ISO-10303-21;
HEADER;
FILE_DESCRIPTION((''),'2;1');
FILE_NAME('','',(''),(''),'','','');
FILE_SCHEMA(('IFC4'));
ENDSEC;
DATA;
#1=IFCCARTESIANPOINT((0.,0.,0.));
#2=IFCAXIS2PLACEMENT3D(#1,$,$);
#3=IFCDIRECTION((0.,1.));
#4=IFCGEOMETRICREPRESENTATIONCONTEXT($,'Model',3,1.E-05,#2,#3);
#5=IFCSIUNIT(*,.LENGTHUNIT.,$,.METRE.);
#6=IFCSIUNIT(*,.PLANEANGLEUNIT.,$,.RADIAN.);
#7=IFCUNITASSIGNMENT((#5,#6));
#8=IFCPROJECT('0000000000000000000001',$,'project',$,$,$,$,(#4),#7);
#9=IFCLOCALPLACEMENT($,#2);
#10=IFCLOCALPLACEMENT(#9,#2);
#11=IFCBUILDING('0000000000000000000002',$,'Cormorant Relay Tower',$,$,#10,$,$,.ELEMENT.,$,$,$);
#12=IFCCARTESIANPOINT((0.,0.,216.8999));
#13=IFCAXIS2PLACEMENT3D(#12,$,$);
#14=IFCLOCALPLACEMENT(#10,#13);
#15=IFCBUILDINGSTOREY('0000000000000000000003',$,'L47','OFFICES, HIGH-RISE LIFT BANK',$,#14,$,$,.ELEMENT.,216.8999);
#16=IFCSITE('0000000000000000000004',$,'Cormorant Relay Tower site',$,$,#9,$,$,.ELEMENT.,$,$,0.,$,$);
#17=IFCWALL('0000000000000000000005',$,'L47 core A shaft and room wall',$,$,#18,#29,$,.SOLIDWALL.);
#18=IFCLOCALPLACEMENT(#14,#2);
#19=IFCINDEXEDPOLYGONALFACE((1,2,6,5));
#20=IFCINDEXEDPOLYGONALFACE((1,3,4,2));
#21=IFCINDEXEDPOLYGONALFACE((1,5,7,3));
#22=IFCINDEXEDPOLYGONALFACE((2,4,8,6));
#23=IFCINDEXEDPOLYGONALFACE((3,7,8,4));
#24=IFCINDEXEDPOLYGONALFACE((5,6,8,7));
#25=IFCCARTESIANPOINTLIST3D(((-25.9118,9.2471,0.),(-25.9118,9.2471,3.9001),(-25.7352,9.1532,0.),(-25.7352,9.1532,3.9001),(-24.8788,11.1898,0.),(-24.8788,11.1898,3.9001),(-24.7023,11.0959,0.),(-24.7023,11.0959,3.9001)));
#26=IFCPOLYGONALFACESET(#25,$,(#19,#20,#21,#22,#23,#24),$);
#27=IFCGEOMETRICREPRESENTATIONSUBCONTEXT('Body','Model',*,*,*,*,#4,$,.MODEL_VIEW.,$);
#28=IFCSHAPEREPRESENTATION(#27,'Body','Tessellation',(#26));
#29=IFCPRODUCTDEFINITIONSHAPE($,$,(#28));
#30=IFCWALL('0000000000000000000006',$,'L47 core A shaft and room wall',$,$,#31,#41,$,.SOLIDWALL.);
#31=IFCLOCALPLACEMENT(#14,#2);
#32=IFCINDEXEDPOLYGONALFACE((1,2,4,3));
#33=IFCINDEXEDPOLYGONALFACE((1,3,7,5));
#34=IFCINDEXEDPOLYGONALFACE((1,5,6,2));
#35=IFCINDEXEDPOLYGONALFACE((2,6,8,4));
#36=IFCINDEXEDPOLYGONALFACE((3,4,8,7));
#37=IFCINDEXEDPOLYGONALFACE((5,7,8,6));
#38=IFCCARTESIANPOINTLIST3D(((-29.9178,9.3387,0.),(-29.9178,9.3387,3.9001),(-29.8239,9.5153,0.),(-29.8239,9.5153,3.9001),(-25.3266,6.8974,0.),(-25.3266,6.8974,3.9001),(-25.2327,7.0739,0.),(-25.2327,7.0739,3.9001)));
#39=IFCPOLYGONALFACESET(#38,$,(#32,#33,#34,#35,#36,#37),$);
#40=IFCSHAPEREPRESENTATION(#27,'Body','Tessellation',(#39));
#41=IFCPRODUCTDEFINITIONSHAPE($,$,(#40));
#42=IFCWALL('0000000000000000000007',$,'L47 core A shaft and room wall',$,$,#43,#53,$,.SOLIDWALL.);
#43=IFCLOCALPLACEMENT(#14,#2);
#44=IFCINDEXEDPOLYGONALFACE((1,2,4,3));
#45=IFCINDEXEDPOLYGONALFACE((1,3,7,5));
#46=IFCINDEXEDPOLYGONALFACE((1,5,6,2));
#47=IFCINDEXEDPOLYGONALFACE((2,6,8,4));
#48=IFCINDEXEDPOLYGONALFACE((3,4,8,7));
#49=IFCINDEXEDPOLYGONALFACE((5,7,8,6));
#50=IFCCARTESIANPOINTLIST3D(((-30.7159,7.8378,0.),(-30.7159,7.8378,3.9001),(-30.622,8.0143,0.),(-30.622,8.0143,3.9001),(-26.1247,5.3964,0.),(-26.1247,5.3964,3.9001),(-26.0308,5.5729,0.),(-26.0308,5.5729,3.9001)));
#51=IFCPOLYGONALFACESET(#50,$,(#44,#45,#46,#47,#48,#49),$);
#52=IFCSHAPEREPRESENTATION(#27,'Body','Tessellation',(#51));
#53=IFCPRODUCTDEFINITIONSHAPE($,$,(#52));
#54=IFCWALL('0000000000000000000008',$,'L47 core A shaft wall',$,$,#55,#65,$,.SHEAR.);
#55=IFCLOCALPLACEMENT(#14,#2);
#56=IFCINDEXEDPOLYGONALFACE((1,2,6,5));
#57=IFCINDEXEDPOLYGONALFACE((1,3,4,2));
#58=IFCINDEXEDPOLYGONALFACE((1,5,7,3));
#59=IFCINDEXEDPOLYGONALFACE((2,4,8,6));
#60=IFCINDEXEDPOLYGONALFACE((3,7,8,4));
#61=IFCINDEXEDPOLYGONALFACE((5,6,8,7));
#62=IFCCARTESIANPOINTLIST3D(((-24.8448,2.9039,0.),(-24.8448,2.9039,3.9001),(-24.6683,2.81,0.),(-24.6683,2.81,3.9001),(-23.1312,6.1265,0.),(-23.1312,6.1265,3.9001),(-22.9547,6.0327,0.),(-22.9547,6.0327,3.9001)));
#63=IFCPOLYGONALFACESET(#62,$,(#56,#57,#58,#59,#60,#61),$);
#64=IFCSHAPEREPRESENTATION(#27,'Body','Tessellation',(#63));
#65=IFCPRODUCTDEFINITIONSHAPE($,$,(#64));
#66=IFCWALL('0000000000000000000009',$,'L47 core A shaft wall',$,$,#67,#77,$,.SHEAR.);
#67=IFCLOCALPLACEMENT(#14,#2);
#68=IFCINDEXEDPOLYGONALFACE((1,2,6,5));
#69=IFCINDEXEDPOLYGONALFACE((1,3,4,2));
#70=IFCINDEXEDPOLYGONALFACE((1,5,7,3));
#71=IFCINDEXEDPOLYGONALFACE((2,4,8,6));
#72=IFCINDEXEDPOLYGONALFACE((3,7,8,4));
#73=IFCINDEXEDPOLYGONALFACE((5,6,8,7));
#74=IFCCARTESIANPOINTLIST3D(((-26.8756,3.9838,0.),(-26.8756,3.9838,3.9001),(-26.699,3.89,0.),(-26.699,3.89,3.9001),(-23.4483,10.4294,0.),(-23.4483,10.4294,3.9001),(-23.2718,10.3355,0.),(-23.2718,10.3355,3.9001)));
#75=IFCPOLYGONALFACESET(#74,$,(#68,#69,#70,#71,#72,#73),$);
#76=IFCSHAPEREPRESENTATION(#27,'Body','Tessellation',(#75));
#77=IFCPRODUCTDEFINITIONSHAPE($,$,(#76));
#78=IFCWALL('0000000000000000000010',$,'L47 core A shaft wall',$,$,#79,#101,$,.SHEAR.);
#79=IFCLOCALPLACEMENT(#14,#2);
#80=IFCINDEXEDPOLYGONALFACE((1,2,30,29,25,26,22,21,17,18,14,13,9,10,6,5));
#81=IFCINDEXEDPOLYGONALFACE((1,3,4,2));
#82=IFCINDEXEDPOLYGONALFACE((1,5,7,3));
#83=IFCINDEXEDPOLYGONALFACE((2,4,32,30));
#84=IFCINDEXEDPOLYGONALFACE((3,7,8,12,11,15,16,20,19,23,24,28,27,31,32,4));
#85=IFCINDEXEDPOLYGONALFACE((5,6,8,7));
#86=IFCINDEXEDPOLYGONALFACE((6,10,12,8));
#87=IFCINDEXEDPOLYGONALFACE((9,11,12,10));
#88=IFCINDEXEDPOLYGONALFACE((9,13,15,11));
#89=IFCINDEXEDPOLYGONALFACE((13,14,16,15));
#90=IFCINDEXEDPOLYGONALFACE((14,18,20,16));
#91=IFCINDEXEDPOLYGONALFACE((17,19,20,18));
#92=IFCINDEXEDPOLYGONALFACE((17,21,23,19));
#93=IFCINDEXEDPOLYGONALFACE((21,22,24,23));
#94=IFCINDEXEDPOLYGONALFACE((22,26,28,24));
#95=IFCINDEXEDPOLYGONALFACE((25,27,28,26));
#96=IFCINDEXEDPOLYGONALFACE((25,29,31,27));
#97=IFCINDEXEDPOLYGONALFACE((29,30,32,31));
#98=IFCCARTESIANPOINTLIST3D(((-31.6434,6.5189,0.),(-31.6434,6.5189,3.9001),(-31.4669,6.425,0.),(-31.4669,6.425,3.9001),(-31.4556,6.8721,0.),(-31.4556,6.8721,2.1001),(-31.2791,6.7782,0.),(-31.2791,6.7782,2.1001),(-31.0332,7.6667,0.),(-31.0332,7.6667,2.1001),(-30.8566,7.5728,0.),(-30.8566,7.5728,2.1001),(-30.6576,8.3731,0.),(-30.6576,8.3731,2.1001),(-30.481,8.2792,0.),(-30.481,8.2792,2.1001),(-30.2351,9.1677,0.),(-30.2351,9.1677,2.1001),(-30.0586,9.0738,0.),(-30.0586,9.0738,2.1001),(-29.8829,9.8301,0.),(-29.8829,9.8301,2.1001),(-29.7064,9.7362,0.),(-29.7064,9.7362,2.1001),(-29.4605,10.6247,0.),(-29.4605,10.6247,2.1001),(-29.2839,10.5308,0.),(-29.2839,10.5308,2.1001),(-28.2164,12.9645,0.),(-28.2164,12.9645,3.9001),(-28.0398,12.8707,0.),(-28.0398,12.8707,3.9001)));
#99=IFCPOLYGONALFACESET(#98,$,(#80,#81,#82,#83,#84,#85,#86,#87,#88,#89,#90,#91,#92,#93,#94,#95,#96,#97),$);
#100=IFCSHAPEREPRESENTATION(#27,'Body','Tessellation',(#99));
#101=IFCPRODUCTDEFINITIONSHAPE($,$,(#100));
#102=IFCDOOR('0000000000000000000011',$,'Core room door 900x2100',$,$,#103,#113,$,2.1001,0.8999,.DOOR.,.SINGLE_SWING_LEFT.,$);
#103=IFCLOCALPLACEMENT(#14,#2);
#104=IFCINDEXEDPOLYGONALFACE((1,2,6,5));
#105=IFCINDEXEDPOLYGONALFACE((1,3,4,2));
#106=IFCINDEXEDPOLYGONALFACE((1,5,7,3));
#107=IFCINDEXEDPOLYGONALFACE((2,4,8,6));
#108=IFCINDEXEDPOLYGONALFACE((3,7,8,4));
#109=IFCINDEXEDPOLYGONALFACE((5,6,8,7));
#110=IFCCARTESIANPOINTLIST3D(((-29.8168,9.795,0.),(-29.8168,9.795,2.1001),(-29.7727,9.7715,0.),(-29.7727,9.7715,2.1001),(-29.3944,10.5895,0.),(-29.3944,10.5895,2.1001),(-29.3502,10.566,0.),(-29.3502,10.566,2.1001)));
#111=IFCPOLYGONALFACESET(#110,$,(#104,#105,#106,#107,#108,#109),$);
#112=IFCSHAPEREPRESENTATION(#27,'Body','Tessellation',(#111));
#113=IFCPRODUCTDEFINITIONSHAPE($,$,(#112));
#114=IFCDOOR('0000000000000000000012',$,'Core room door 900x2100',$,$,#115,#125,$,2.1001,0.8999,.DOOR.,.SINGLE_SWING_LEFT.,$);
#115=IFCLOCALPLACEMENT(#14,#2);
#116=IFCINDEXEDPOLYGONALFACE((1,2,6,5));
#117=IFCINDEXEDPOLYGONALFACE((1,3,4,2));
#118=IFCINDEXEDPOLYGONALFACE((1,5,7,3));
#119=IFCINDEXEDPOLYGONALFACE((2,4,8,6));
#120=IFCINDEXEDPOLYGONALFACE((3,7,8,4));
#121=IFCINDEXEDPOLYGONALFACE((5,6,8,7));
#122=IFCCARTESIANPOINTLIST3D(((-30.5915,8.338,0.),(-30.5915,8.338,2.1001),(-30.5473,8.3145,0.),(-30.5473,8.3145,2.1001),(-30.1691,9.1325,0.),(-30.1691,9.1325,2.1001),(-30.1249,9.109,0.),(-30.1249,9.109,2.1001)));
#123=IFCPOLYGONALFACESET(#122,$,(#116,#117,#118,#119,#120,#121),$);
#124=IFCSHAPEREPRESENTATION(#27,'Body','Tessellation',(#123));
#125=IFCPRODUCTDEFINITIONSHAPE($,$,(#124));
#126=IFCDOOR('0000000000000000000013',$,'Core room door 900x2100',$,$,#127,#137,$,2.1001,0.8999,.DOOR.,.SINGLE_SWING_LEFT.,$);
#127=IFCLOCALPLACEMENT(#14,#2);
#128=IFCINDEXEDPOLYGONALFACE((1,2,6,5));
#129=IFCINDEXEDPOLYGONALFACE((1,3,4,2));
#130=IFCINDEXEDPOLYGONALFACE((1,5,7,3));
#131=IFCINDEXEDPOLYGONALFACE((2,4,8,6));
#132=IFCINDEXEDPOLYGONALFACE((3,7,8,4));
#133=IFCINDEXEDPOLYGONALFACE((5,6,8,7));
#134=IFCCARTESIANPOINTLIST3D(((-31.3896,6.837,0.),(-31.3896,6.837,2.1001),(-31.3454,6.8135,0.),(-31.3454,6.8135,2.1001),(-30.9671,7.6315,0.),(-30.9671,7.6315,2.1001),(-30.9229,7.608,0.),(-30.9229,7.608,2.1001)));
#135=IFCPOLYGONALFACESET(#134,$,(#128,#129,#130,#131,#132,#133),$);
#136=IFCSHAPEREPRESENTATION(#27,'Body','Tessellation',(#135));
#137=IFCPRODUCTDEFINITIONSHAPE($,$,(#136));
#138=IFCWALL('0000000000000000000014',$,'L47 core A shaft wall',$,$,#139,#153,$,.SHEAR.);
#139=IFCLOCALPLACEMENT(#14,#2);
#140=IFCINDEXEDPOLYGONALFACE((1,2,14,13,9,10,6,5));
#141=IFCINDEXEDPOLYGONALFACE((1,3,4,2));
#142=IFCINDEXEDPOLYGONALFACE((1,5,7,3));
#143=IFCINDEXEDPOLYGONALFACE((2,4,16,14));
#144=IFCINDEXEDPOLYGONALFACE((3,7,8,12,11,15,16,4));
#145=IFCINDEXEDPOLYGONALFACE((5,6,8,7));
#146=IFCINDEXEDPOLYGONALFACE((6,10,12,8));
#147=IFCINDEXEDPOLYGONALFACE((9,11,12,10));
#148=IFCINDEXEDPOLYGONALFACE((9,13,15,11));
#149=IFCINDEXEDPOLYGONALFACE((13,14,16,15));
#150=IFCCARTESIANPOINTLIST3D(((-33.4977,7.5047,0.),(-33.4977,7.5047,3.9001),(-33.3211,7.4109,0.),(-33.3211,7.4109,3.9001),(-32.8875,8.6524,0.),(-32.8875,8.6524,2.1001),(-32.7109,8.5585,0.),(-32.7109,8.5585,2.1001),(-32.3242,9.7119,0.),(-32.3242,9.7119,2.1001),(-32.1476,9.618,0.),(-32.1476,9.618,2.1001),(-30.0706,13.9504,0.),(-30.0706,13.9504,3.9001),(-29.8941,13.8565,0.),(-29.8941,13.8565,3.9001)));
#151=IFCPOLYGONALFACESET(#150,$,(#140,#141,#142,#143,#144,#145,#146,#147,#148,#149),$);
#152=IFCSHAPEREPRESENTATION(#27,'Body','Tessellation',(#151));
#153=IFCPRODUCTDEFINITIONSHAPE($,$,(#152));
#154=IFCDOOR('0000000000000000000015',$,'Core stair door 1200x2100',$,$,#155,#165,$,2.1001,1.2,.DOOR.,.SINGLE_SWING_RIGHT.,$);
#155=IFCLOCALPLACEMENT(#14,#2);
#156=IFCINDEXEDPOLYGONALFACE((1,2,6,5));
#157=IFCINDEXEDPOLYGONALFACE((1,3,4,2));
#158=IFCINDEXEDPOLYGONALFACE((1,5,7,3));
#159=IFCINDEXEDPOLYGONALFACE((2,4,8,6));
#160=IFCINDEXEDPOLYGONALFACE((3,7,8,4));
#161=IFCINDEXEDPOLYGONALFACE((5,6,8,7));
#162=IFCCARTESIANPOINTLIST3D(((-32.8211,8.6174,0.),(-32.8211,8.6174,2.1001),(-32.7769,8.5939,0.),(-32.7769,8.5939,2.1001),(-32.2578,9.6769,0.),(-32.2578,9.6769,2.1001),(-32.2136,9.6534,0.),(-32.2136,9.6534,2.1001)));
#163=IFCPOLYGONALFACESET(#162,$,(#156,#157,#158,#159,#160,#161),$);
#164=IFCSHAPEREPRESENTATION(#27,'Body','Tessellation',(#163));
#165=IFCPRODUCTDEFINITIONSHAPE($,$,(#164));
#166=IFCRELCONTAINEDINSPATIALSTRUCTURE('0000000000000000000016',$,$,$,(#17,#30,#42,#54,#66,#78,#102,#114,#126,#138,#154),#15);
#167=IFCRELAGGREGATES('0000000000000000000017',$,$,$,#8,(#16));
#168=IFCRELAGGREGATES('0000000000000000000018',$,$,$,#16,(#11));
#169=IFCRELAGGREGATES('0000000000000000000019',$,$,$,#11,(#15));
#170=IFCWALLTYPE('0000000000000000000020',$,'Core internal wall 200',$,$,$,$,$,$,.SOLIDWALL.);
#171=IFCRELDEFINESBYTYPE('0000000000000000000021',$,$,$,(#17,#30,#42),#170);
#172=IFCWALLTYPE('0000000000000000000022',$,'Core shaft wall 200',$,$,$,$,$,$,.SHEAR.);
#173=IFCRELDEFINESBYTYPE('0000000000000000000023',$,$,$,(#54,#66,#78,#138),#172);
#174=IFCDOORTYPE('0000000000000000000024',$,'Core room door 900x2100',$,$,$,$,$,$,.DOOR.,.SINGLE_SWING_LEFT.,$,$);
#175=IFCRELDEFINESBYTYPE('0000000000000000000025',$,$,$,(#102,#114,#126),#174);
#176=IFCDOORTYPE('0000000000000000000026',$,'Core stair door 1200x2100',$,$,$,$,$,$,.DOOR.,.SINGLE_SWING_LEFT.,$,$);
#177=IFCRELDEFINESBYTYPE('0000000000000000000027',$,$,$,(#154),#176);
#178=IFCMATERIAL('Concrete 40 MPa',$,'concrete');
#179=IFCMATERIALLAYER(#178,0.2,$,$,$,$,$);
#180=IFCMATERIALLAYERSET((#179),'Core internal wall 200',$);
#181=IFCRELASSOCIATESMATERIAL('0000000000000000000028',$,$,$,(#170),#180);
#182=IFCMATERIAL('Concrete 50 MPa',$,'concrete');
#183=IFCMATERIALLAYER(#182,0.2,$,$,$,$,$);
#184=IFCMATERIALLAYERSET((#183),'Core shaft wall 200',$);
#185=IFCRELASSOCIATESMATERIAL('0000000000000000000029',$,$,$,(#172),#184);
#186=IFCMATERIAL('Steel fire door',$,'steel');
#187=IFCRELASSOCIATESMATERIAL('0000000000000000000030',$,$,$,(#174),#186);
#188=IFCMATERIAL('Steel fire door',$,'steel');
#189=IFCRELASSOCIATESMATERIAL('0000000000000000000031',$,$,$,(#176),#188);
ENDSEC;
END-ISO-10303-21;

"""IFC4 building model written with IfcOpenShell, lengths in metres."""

from ifc_helpers import new_model, si_unit, direction, frame, frame_2d, origin, place, context, subcontext, project, spatial, rectangle, extrude, material, layer, layer_set, type_object, element, fill, save


model = new_model("IFC4")

# Units and contexts
model_context = context("Model", 3, precision=1e-05, world=origin(), true_north=direction((0.0, 1.0)))
body_context = subcontext(model_context, "Body", "Model", "MODEL_VIEW")
ifc_project = project(units=[si_unit("LENGTHUNIT", "METRE"), si_unit("PLANEANGLEUNIT", "RADIAN")], contexts=[model_context])

# Site, building, storey
site_placement = place(None, origin())
site = spatial("IfcSite", under=ifc_project, at=site_placement, Name="Cormorant Relay Tower site", CompositionType="ELEMENT", RefElevation=0.0)
building_placement = place(site_placement, origin())
building = spatial("IfcBuilding", under=site, at=building_placement, Name="Cormorant Relay Tower", CompositionType="ELEMENT")
storey_placement = place(building_placement, frame((0.0, 0.0, 216.8999)))
storey = spatial("IfcBuildingStorey", under=building, at=storey_placement, Name="L47", Description="OFFICES, HIGH-RISE LIFT BANK", CompositionType="ELEMENT", Elevation=216.8999)

# Walls
ifc_material_1 = material(Name="Concrete 40 MPa", Category="concrete")
ifc_layer_1 = layer(ifc_material_1, 0.2)
ifc_layer_set_1 = layer_set([ifc_layer_1], Name="Core internal wall 200")
wall_type_1 = type_object("IfcWallType", Name="Core internal wall 200", PredefinedType="SOLIDWALL", material=ifc_layer_set_1)
wall_1_placement = place(storey_placement, frame((-24.7905, 11.1428, 0.0), z_axis=(0.0, 0.0, 1.0), x_axis=(-0.469488, -0.882939, 0.0)))
element("IfcWall", 1, at=wall_1_placement, inside=storey, type_object=wall_type_1, Name="L47 core A shaft and room wall", PredefinedType="SOLIDWALL", context=body_context, shape_type="SweptSolid", body=[
    extrude(rectangle(XDim=2.2002, YDim=0.2, at=frame_2d((1.1001, 0.0))), origin(), (0.0, 0.0, 1.0), 3.9001),
])
for number, where, z_axis, x_axis, name in (
    (2, (-25.2795, 6.9856, 0.0), (0.0, 0.0, 1.0), (-0.882935, 0.469496, 0.0), "L47 core A shaft and room wall"),
    (3, (-26.0776, 5.4846, 0.0), (0.0, 0.0, 1.0), (-0.882935, 0.469496, 0.0), "L47 core A shaft and room wall"),
):
    element("IfcWall", number, at=place(storey_placement, frame(where, z_axis=z_axis, x_axis=x_axis)), inside=storey, type_object=wall_type_1, Name=name, PredefinedType="SOLIDWALL", context=body_context, shape_type="SweptSolid", body=[
        extrude(rectangle(XDim=5.2, YDim=0.2, at=frame_2d((2.6001, 0.0))), origin(), (0.0, 0.0, 1.0), 3.9001),
    ])
ifc_material_2 = material(Name="Concrete 50 MPa", Category="concrete")
ifc_layer_2 = layer(ifc_material_2, 0.2)
ifc_layer_set_2 = layer_set([ifc_layer_2], Name="Core shaft wall 200")
wall_type_2 = type_object("IfcWallType", Name="Core shaft wall 200", PredefinedType="SHEAR", material=ifc_layer_set_2)
wall_2_placement = place(storey_placement, frame((-23.043, 6.0796, 0.0), z_axis=(0.0, 0.0, 1.0), x_axis=(-0.469494, -0.882936, 0.0)))
element("IfcWall", 4, at=wall_2_placement, inside=storey, type_object=wall_type_2, Name="L47 core A shaft wall", PredefinedType="SHEAR", context=body_context, shape_type="SweptSolid", body=[
    extrude(rectangle(XDim=3.6499, YDim=0.2, at=frame_2d((1.825, 0.0))), origin(), (0.0, 0.0, 1.0), 3.9001),
])
wall_3_placement = place(storey_placement, frame((-23.3601, 10.3823, 0.0), z_axis=(0.0, 0.0, 1.0), x_axis=(-0.46948, -0.882943, 0.0)))
element("IfcWall", 5, at=wall_3_placement, inside=storey, type_object=wall_type_2, Name="L47 core A shaft wall", PredefinedType="SHEAR", context=body_context, shape_type="SweptSolid", body=[
    extrude(rectangle(XDim=7.3, YDim=0.2, at=frame_2d((3.6499, 0.0))), origin(), (0.0, 0.0, 1.0), 3.9001),
])

# Wall, openings, doors
wall_4_placement = place(storey_placement, frame((-28.1282, 12.9175, 0.0), z_axis=(0.0, 0.0, 1.0), x_axis=(-0.469454, -0.882957, 0.0)))
wall_4 = element("IfcWall", 6, at=wall_4_placement, inside=storey, type_object=wall_type_2, Name="L47 core A shaft wall", PredefinedType="SHEAR", context=body_context, shape_type="SweptSolid", body=[
    extrude(rectangle(XDim=7.3, YDim=0.2, at=frame_2d((3.6499, 0.0))), origin(), (0.0, 0.0, 1.0), 3.9001),
])
opening_1_placement = place(wall_4_placement, frame((2.6499, 0.0, 0.0)))
opening_1 = element("IfcOpeningElement", 7, at=opening_1_placement, cuts=wall_4, PredefinedType="OPENING", context=body_context, shape_type="SweptSolid", body=[
    extrude(rectangle(XDim=0.8999, YDim=2.1001, at=frame_2d((0.45, 1.05))), frame((0.0, 0.1099, 0.0), z_axis=(0.0, -1.0, 0.0), x_axis=(1.0, 0.0, 0.0)), (0.0, 0.0, 1.0), 0.22),
])
opening_2_placement = place(wall_4_placement, frame((4.3, 0.0, 0.0)))
opening_2 = element("IfcOpeningElement", 8, at=opening_2_placement, cuts=wall_4, PredefinedType="OPENING", context=body_context, shape_type="SweptSolid", body=[
    extrude(rectangle(XDim=0.8999, YDim=2.1001, at=frame_2d((0.45, 1.05))), frame((0.0, 0.1099, 0.0), z_axis=(0.0, -1.0, 0.0), x_axis=(1.0, 0.0, 0.0)), (0.0, 0.0, 1.0), 0.22),
])
opening_3_placement = place(wall_4_placement, frame((6.0, 0.0, 0.0)))
opening_3 = element("IfcOpeningElement", 9, at=opening_3_placement, cuts=wall_4, PredefinedType="OPENING", context=body_context, shape_type="SweptSolid", body=[
    extrude(rectangle(XDim=0.8999, YDim=2.1001, at=frame_2d((0.45, 1.05))), frame((0.0, 0.1099, 0.0), z_axis=(0.0, -1.0, 0.0), x_axis=(1.0, 0.0, 0.0)), (0.0, 0.0, 1.0), 0.22),
])
ifc_material_3 = material(Name="Steel fire door", Category="steel")
door_type_1 = type_object("IfcDoorType", Name="Core room door 900x2100", OperationType="SINGLE_SWING_LEFT", PredefinedType="DOOR", material=ifc_material_3)
door_1_placement = place(opening_1_placement, origin())
door_1 = element("IfcDoor", 10, at=door_1_placement, inside=storey, type_object=door_type_1, Name="Core room door 900x2100", OperationType="SINGLE_SWING_LEFT", OverallHeight=2.1001, OverallWidth=0.8999, PredefinedType="DOOR", context=body_context, shape_type="SweptSolid", body=[
    extrude(rectangle(XDim=0.8999, YDim=2.1001, at=frame_2d((0.45, 1.05))), frame((0.0, 0.0249, 0.0), z_axis=(0.0, -1.0, 0.0), x_axis=(1.0, 0.0, 0.0)), (0.0, 0.0, 1.0), 0.05),
])
fill(opening_1, door_1)
door_2_placement = place(opening_2_placement, origin())
door_2 = element("IfcDoor", 11, at=door_2_placement, inside=storey, type_object=door_type_1, Name="Core room door 900x2100", OperationType="SINGLE_SWING_LEFT", OverallHeight=2.1001, OverallWidth=0.8999, PredefinedType="DOOR", context=body_context, shape_type="SweptSolid", body=[
    extrude(rectangle(XDim=0.8999, YDim=2.1001, at=frame_2d((0.45, 1.05))), frame((0.0, 0.0249, 0.0), z_axis=(0.0, -1.0, 0.0), x_axis=(1.0, 0.0, 0.0)), (0.0, 0.0, 1.0), 0.05),
])
fill(opening_2, door_2)
door_3_placement = place(opening_3_placement, origin())
door_3 = element("IfcDoor", 12, at=door_3_placement, inside=storey, type_object=door_type_1, Name="Core room door 900x2100", OperationType="SINGLE_SWING_LEFT", OverallHeight=2.1001, OverallWidth=0.8999, PredefinedType="DOOR", context=body_context, shape_type="SweptSolid", body=[
    extrude(rectangle(XDim=0.8999, YDim=2.1001, at=frame_2d((0.45, 1.05))), frame((0.0, 0.0249, 0.0), z_axis=(0.0, -1.0, 0.0), x_axis=(1.0, 0.0, 0.0)), (0.0, 0.0, 1.0), 0.05),
])
fill(opening_3, door_3)

# Wall, opening, door
wall_5_placement = place(storey_placement, frame((-29.9824, 13.9033, 0.0), z_axis=(0.0, 0.0, 1.0), x_axis=(-0.469454, -0.882957, 0.0)))
wall_5 = element("IfcWall", 13, at=wall_5_placement, inside=storey, type_object=wall_type_2, Name="L47 core A shaft wall", PredefinedType="SHEAR", context=body_context, shape_type="SweptSolid", body=[
    extrude(rectangle(XDim=7.3, YDim=0.2, at=frame_2d((3.6499, 0.0))), origin(), (0.0, 0.0, 1.0), 3.9001),
])
opening_4_placement = place(wall_5_placement, frame((4.8, 0.0, 0.0)))
opening_4 = element("IfcOpeningElement", 14, at=opening_4_placement, cuts=wall_5, PredefinedType="OPENING", context=body_context, shape_type="SweptSolid", body=[
    extrude(rectangle(XDim=1.2, YDim=2.1001, at=frame_2d((0.6001, 1.05))), frame((0.0, 0.1099, 0.0), z_axis=(0.0, -1.0, 0.0), x_axis=(1.0, 0.0, 0.0)), (0.0, 0.0, 1.0), 0.22),
])
ifc_material_4 = material(Name="Steel fire door", Category="steel")
door_type_2 = type_object("IfcDoorType", Name="Core stair door 1200x2100", OperationType="SINGLE_SWING_LEFT", PredefinedType="DOOR", material=ifc_material_4)
door_4_placement = place(opening_4_placement, frame((1.2, 0.0, 0.0), z_axis=(0.0, 0.0, 1.0), x_axis=(-1.0, 0.0, 0.0)))
door_4 = element("IfcDoor", 15, at=door_4_placement, inside=storey, type_object=door_type_2, Name="Core stair door 1200x2100", OperationType="SINGLE_SWING_RIGHT", OverallHeight=2.1001, OverallWidth=1.2, PredefinedType="DOOR", context=body_context, shape_type="SweptSolid", body=[
    extrude(rectangle(XDim=1.2, YDim=2.1001, at=frame_2d((0.6001, 1.05))), frame((0.0, 0.0249, 0.0), z_axis=(0.0, -1.0, 0.0), x_axis=(1.0, 0.0, 0.0)), (0.0, 0.0, 1.0), 0.05),
])
fill(opening_4, door_4)

save(model, "model.ifc")
